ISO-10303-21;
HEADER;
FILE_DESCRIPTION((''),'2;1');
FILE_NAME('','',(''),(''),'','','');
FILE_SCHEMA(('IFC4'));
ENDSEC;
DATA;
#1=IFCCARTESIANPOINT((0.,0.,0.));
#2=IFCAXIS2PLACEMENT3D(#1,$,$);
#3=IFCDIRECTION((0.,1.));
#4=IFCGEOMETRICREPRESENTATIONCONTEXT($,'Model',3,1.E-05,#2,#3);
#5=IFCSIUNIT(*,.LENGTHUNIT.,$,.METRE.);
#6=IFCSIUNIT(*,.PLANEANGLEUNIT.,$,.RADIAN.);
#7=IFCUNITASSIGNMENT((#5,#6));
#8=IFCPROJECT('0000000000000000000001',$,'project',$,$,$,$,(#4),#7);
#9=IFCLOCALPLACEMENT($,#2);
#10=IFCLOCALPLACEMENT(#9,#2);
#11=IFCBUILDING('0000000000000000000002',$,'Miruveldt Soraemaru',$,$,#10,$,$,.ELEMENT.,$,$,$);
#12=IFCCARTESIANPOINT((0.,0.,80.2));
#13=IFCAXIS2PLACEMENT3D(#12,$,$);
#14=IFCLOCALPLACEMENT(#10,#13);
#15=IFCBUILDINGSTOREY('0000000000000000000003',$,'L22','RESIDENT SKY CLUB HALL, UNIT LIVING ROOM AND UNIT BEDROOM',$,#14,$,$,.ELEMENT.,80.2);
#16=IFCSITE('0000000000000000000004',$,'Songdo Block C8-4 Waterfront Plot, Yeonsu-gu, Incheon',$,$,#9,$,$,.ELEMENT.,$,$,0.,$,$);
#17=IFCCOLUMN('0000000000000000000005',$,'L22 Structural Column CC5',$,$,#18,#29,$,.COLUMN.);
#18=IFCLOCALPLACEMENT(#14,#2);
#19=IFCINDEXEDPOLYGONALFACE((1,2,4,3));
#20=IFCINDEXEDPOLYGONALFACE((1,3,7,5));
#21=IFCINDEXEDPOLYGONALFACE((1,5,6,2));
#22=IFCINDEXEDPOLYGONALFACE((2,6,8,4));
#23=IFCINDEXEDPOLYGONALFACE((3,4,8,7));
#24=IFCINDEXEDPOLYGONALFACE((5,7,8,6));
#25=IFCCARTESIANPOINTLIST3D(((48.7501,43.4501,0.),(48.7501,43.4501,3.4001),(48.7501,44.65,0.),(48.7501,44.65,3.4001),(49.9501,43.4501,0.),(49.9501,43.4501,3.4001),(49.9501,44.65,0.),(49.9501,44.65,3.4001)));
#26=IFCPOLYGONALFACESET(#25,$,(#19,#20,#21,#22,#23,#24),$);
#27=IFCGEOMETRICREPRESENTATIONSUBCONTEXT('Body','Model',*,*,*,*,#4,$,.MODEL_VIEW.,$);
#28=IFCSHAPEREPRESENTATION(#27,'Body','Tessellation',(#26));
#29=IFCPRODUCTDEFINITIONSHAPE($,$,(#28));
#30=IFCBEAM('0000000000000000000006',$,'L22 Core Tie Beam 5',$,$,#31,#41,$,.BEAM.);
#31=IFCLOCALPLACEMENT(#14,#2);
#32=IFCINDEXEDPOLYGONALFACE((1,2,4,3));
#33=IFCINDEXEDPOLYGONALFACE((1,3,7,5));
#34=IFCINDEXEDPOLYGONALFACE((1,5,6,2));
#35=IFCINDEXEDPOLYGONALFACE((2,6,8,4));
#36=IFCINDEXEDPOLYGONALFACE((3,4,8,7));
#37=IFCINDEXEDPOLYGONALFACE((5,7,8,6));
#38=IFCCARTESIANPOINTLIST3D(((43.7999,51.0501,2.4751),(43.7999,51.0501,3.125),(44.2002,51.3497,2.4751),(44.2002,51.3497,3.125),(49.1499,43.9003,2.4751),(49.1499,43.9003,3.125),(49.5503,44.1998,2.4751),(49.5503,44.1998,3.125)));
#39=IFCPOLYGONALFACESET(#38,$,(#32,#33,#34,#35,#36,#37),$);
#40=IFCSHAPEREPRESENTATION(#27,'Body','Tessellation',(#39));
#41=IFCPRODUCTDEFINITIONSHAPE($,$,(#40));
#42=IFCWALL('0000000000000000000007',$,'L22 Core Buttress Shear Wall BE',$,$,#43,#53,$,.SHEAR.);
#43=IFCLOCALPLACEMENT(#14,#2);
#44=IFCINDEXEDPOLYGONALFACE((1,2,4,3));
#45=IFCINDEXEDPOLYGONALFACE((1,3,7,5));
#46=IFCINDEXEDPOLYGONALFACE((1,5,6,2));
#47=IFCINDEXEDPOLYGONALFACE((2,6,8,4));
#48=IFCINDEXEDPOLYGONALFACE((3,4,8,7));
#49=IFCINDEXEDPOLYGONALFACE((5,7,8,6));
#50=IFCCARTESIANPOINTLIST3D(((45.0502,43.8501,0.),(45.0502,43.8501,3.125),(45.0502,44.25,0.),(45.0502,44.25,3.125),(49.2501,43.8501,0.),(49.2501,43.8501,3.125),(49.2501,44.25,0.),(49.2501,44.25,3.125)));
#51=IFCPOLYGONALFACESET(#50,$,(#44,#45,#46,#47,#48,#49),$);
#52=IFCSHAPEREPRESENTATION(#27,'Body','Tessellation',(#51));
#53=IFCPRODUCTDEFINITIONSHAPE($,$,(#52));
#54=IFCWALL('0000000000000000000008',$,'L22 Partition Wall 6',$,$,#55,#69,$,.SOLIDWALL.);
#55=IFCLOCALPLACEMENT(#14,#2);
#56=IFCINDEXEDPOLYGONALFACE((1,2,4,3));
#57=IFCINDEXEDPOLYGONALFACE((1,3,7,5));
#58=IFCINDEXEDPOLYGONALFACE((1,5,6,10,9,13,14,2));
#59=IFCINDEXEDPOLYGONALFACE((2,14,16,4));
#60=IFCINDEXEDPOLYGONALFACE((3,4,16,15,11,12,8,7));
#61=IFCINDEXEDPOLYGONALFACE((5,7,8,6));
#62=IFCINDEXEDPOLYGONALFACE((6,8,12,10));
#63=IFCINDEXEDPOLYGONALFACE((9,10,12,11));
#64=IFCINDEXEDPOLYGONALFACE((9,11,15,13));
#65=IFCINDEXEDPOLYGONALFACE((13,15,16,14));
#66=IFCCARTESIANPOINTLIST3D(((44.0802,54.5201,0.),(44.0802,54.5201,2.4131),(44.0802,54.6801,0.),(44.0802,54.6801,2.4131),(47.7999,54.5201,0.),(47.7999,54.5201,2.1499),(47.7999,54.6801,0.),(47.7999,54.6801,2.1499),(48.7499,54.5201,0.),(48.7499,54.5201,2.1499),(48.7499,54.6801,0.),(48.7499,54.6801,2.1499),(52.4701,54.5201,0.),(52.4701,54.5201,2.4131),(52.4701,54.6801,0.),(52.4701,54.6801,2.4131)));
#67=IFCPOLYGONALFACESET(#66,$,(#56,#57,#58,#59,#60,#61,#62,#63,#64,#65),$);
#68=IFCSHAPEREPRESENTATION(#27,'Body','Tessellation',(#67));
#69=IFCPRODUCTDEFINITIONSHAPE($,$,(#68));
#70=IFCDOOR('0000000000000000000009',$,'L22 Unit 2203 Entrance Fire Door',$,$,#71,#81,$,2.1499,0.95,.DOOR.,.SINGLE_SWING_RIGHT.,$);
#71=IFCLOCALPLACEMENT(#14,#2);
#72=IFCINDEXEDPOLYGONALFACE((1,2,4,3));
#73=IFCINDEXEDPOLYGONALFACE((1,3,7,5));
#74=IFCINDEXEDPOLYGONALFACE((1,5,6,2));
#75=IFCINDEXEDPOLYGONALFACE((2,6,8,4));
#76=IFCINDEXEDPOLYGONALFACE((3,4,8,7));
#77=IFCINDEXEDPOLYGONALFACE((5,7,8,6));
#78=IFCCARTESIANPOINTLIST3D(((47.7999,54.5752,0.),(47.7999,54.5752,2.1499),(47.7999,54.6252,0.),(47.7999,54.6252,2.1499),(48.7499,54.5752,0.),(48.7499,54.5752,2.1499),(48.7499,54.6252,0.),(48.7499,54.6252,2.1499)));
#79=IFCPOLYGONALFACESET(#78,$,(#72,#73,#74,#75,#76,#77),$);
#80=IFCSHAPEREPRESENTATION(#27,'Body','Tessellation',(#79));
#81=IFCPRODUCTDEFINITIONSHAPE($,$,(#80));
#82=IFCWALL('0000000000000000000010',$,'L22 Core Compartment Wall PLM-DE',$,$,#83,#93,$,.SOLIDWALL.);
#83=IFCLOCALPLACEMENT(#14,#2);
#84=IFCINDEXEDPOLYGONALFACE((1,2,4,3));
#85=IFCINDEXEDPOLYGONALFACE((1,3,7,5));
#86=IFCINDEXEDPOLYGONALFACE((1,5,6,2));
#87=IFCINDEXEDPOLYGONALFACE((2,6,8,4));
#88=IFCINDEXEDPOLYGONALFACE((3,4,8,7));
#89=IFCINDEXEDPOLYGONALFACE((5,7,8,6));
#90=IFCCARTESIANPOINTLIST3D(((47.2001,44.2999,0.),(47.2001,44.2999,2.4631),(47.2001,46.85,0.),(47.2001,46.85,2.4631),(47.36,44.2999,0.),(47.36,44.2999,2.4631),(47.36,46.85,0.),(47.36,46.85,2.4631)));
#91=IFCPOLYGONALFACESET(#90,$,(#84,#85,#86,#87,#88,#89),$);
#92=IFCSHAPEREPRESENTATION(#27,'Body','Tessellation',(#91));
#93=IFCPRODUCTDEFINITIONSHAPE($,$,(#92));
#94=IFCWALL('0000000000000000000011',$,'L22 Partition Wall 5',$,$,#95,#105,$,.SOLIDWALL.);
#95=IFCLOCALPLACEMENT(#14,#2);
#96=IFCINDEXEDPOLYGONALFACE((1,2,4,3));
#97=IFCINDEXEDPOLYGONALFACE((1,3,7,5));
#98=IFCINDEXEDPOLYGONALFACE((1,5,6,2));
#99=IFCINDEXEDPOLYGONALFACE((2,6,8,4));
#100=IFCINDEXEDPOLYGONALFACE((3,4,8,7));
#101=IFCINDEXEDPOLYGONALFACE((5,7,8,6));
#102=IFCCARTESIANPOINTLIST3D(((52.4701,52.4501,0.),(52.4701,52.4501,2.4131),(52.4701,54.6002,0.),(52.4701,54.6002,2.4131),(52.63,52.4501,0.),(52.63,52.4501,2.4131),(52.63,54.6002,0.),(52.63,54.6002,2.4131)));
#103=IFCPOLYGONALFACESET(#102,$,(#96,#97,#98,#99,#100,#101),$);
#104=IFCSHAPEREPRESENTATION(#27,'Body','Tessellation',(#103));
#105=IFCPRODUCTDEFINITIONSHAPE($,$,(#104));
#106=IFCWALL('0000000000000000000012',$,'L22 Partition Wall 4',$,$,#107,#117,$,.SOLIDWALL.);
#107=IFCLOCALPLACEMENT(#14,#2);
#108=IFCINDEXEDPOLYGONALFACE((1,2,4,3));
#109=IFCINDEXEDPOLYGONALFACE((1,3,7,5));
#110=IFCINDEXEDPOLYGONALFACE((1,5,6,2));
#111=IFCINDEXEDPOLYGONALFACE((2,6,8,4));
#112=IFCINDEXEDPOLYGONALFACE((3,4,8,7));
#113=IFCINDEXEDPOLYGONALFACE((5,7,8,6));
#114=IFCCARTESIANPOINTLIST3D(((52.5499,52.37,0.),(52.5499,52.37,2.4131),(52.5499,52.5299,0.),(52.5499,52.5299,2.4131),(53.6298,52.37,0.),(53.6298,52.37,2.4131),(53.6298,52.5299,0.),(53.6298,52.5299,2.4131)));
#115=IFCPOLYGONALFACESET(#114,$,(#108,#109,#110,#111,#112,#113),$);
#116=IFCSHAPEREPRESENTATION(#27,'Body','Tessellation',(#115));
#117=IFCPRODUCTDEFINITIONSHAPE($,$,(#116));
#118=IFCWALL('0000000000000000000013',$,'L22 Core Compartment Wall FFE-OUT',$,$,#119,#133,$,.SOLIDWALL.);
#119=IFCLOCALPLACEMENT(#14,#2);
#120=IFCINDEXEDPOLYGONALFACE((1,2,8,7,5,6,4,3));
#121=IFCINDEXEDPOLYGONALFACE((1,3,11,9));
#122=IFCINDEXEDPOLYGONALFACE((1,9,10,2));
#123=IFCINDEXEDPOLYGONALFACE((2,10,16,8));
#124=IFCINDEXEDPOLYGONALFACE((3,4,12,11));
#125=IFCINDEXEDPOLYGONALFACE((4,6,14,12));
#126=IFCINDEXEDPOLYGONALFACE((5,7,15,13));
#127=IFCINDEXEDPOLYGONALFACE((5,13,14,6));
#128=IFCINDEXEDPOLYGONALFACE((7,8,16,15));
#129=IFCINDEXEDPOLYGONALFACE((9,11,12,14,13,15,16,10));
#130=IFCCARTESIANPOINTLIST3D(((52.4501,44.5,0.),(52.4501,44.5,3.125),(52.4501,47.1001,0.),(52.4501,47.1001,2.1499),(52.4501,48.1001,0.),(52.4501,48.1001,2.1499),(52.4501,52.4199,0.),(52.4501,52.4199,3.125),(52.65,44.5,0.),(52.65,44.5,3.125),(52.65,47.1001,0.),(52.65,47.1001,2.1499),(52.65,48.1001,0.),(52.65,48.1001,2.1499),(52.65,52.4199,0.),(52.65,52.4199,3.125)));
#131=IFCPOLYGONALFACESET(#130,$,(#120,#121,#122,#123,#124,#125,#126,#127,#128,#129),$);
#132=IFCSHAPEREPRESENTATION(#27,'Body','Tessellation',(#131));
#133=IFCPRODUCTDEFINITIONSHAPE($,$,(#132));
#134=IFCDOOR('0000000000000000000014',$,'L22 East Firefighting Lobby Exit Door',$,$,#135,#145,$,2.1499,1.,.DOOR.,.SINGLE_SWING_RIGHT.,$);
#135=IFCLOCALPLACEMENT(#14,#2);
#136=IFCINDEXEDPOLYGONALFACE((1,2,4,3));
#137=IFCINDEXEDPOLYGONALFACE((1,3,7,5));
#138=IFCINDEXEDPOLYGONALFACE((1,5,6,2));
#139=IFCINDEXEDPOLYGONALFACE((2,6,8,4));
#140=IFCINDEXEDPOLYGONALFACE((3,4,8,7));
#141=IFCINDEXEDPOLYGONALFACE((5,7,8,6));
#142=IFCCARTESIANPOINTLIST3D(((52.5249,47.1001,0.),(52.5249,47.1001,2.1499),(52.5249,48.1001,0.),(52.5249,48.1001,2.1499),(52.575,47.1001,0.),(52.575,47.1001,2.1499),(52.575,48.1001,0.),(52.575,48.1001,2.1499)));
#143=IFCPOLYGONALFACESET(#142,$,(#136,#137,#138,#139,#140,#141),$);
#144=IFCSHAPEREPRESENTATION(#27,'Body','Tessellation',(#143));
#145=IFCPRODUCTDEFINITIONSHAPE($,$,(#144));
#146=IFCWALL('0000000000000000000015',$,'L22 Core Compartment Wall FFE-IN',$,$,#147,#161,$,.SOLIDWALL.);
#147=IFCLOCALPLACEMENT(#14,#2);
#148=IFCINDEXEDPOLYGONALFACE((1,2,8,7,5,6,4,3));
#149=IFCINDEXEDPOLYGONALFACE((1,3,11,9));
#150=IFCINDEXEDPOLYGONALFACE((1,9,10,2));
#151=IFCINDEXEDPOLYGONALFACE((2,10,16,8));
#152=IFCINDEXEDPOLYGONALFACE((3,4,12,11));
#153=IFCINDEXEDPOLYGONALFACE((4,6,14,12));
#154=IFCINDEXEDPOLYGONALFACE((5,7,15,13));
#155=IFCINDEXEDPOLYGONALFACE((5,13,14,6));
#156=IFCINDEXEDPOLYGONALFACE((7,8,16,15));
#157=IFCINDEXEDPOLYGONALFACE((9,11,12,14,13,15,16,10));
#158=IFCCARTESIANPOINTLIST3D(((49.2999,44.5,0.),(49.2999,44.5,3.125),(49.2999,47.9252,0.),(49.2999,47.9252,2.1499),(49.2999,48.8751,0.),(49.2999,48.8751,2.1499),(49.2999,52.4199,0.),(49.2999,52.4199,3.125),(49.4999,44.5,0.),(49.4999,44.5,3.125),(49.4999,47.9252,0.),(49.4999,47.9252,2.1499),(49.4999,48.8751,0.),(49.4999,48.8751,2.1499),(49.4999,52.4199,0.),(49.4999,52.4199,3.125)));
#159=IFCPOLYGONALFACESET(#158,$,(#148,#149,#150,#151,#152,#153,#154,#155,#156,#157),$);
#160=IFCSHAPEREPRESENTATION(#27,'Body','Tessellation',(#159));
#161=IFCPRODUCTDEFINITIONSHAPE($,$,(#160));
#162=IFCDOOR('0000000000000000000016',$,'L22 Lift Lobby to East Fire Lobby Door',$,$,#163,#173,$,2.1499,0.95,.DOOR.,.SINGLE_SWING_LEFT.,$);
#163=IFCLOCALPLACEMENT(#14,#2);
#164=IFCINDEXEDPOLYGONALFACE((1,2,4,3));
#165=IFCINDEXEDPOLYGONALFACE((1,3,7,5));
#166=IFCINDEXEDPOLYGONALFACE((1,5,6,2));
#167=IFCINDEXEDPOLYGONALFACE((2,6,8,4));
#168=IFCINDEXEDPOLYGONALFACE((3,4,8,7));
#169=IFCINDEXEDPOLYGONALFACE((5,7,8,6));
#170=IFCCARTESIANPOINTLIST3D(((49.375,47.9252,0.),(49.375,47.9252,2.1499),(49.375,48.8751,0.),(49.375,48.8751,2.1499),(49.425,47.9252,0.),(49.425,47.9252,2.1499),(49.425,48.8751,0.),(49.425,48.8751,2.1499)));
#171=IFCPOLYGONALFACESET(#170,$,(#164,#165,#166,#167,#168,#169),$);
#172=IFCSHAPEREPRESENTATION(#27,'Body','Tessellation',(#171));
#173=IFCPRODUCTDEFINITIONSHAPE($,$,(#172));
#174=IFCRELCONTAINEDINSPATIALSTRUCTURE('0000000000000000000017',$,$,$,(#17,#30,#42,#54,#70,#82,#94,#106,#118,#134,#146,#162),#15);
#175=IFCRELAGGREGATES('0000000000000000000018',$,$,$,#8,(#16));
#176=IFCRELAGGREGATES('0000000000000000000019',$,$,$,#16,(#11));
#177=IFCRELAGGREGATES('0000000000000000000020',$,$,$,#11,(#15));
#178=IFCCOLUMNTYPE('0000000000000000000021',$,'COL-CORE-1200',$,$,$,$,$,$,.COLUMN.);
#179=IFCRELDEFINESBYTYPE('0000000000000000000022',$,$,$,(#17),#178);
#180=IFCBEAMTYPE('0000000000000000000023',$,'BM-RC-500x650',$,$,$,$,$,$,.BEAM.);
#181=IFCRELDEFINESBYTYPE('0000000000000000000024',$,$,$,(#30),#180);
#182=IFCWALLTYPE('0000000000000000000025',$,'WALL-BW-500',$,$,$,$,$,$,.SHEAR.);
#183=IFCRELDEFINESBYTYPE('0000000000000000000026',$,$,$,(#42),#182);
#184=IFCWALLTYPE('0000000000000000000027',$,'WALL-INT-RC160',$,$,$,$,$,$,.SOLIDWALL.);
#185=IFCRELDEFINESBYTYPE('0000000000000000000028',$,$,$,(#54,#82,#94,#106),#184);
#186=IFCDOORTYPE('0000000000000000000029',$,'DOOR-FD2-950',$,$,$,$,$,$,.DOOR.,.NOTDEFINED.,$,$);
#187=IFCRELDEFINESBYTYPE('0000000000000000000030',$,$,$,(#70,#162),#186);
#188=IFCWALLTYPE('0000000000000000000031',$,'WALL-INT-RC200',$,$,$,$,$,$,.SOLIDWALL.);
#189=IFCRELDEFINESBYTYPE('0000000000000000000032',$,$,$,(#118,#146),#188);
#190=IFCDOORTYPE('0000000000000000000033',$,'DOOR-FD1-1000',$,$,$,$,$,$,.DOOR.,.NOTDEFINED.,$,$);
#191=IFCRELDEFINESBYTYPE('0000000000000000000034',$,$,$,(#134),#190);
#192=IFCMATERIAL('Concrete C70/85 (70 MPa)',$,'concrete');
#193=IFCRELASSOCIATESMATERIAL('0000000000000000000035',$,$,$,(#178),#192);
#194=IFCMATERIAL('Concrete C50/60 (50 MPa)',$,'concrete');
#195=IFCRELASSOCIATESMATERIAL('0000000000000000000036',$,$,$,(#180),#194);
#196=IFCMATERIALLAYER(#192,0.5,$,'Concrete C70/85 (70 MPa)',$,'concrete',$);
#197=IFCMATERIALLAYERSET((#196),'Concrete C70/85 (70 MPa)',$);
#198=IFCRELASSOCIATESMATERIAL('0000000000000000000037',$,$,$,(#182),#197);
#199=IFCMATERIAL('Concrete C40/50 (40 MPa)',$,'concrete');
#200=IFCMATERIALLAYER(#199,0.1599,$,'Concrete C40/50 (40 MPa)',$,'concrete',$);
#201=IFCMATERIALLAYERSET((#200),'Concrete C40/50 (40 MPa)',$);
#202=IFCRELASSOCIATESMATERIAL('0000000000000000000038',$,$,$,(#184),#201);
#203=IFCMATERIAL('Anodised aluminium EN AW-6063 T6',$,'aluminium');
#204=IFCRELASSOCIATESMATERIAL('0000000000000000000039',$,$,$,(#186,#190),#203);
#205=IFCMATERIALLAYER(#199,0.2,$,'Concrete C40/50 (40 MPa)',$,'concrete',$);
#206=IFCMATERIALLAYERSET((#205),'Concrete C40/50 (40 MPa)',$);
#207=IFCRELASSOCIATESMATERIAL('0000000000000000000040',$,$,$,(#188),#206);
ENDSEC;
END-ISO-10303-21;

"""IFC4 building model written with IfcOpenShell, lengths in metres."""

from ifc_helpers import new_model, si_unit, direction, frame, frame_2d, origin, origin_2d, place, context, subcontext, project, spatial, rectangle, extrude, material, layer, layer_set, material_profile, profile_set, type_object, element, fill, save


model = new_model("IFC4")

# Units and contexts
model_context = context("Model", 3, precision=1e-05, world=origin(), true_north=direction((0.0, 1.0)))
body_context = subcontext(model_context, "Body", "Model", "MODEL_VIEW")
ifc_project = project(units=[si_unit("LENGTHUNIT", "METRE"), si_unit("PLANEANGLEUNIT", "RADIAN")], contexts=[model_context])

# Site, building, storey
site_placement = place(None, origin())
site = spatial("IfcSite", under=ifc_project, at=site_placement, Name="Songdo Block C8-4 Waterfront Plot, Yeonsu-gu, Incheon", CompositionType="ELEMENT", RefElevation=0.0)
building_placement = place(site_placement, origin())
building = spatial("IfcBuilding", under=site, at=building_placement, Name="Miruveldt Soraemaru", CompositionType="ELEMENT")
storey_placement = place(building_placement, frame((0.0, 0.0, 80.2)))
storey = spatial("IfcBuildingStorey", under=building, at=storey_placement, Name="L22", Description="RESIDENT SKY CLUB HALL, UNIT LIVING ROOM AND UNIT BEDROOM", CompositionType="ELEMENT", Elevation=80.2)

# Column
ifc_material_1 = material(Name="Concrete C70/85 (70 MPa)", Category="concrete")
ifc_material_profile_1 = material_profile(ifc_material_1, rectangle(XDim=1.2, YDim=1.2, at=origin_2d()), Name="Concrete C70/85 (70 MPa)", Category="concrete")
ifc_profile_set_1 = profile_set([ifc_material_profile_1], Name="Concrete C70/85 (70 MPa)")
column_type = type_object("IfcColumnType", Name="COL-CORE-1200", PredefinedType="COLUMN", material=ifc_profile_set_1)
column_placement = place(storey_placement, frame((49.3501, 44.05, 0.0), z_axis=(0.0, 0.0, 1.0), x_axis=(1.0, 0.0, 0.0)))
element("IfcColumn", 1, at=column_placement, inside=storey, type_object=column_type, Name="L22 Structural Column CC5", PredefinedType="COLUMN", context=body_context, shape_type="SweptSolid", body=[
    extrude(rectangle(XDim=1.2, YDim=1.2, at=origin_2d()), origin(), (0.0, 0.0, 1.0), 3.4001),
])

# Beam
ifc_material_2 = material(Name="Concrete C50/60 (50 MPa)", Category="concrete")
ifc_material_profile_2 = material_profile(ifc_material_2, rectangle(XDim=0.5, YDim=0.6499, at=origin_2d()), Name="Concrete C50/60 (50 MPa)", Category="concrete")
ifc_profile_set_2 = profile_set([ifc_material_profile_2], Name="Concrete C50/60 (50 MPa)")
beam_type = type_object("IfcBeamType", Name="BM-RC-500x650", PredefinedType="BEAM", material=ifc_profile_set_2)
beam_placement = place(storey_placement, frame((49.3501, 44.05, 2.8), z_axis=(-0.599116, 0.800662, 0.0), x_axis=(-0.800662, -0.599116, 0.0)))
element("IfcBeam", 2, at=beam_placement, inside=storey, type_object=beam_type, Name="L22 Core Tie Beam 5", PredefinedType="BEAM", context=body_context, shape_type="SweptSolid", body=[
    extrude(rectangle(XDim=0.5, YDim=0.6499, at=origin_2d()), origin(), (0.0, 0.0, 1.0), 8.9299),
])

# Wall
ifc_layer_1 = layer(ifc_material_1, 0.5, Name="Concrete C70/85 (70 MPa)", Category="concrete")
ifc_layer_set_1 = layer_set([ifc_layer_1], Name="Concrete C70/85 (70 MPa)")
wall_type_1 = type_object("IfcWallType", Name="WALL-BW-500", PredefinedType="SHEAR", material=ifc_layer_set_1)
wall_1_placement = place(storey_placement, frame((45.05, 44.05, 0.0), z_axis=(0.0, 0.0, 1.0), x_axis=(1.0, 0.0, 0.0)))
element("IfcWall", 3, at=wall_1_placement, inside=storey, type_object=wall_type_1, Name="L22 Core Buttress Shear Wall BE", PredefinedType="SHEAR", context=body_context, shape_type="SweptSolid", body=[
    extrude(rectangle(XDim=4.2, YDim=0.3999, at=frame_2d((2.1001, 0.0))), origin(), (0.0, 0.0, 1.0), 3.125),
])

# Wall, opening, door
ifc_material_3 = material(Name="Concrete C40/50 (40 MPa)", Category="concrete")
ifc_layer_2 = layer(ifc_material_3, 0.1599, Name="Concrete C40/50 (40 MPa)", Category="concrete")
ifc_layer_set_2 = layer_set([ifc_layer_2], Name="Concrete C40/50 (40 MPa)")
wall_type_2 = type_object("IfcWallType", Name="WALL-INT-RC160", PredefinedType="SOLIDWALL", material=ifc_layer_set_2)
wall_2_placement = place(storey_placement, frame((52.47, 54.6001, 0.0), z_axis=(0.0, 0.0, 1.0), x_axis=(-1.0, 0.0, 0.0)))
wall_2 = element("IfcWall", 4, at=wall_2_placement, inside=storey, type_object=wall_type_2, Name="L22 Partition Wall 6", PredefinedType="SOLIDWALL", context=body_context, shape_type="SweptSolid", body=[
    extrude(rectangle(XDim=8.3899, YDim=0.1599, at=frame_2d((4.1948, 0.0))), origin(), (0.0, 0.0, 1.0), 2.4131),
])
opening_1_placement = place(wall_2_placement, frame((3.72, 0.0, 0.0)))
opening_1 = element("IfcOpeningElement", 5, at=opening_1_placement, cuts=wall_2, PredefinedType="OPENING", context=body_context, shape_type="SweptSolid", body=[
    extrude(rectangle(XDim=0.95, YDim=2.1499, at=frame_2d((0.4751, 1.075))), frame((0.0, 0.0898, 0.0), z_axis=(0.0, -1.0, 0.0), x_axis=(1.0, 0.0, 0.0)), (0.0, 0.0, 1.0), 0.1799),
])
ifc_material_4 = material(Name="Anodised aluminium EN AW-6063 T6", Category="aluminium")
door_type_1 = type_object("IfcDoorType", Name="DOOR-FD2-950", OperationType="NOTDEFINED", PredefinedType="DOOR", material=ifc_material_4)
door_1_placement = place(opening_1_placement, origin())
door_1 = element("IfcDoor", 6, at=door_1_placement, inside=storey, type_object=door_type_1, Name="L22 Unit 2203 Entrance Fire Door", OperationType="SINGLE_SWING_RIGHT", OverallHeight=2.1499, OverallWidth=0.95, PredefinedType="DOOR", context=body_context, shape_type="SweptSolid", body=[
    extrude(rectangle(XDim=0.95, YDim=2.1499, at=frame_2d((0.4751, 1.075))), frame((0.0, 0.0249, 0.0), z_axis=(0.0, -1.0, 0.0), x_axis=(1.0, 0.0, 0.0)), (0.0, 0.0, 1.0), 0.05),
])
fill(opening_1, door_1)

# Walls
wall_3_placement = place(storey_placement, frame((47.28, 44.3, 0.0), z_axis=(0.0, 0.0, 1.0), x_axis=(0.0, 1.0, 0.0)))
element("IfcWall", 7, at=wall_3_placement, inside=storey, type_object=wall_type_2, Name="L22 Core Compartment Wall PLM-DE", PredefinedType="SOLIDWALL", context=body_context, shape_type="SweptSolid", body=[
    extrude(rectangle(XDim=2.55, YDim=0.1599, at=frame_2d((1.2749, 0.0))), origin(), (0.0, 0.0, 1.0), 2.4631),
])
wall_4_placement = place(storey_placement, frame((52.55, 52.45, 0.0), z_axis=(0.0, 0.0, 1.0), x_axis=(0.0, 1.0, 0.0)))
element("IfcWall", 8, at=wall_4_placement, inside=storey, type_object=wall_type_2, Name="L22 Partition Wall 5", PredefinedType="SOLIDWALL", context=body_context, shape_type="SweptSolid", body=[
    extrude(rectangle(XDim=2.1501, YDim=0.1599, at=frame_2d((1.0752, 0.0))), origin(), (0.0, 0.0, 1.0), 2.4131),
])
wall_5_placement = place(storey_placement, frame((53.6299, 52.45, 0.0), z_axis=(0.0, 0.0, 1.0), x_axis=(-1.0, 0.0, 0.0)))
element("IfcWall", 9, at=wall_5_placement, inside=storey, type_object=wall_type_2, Name="L22 Partition Wall 4", PredefinedType="SOLIDWALL", context=body_context, shape_type="SweptSolid", body=[
    extrude(rectangle(XDim=1.0798, YDim=0.1599, at=frame_2d((0.54, 0.0))), origin(), (0.0, 0.0, 1.0), 2.4131),
])

# Walls, openings, doors
ifc_layer_3 = layer(ifc_material_3, 0.2, Name="Concrete C40/50 (40 MPa)", Category="concrete")
ifc_layer_set_3 = layer_set([ifc_layer_3], Name="Concrete C40/50 (40 MPa)")
wall_type_3 = type_object("IfcWallType", Name="WALL-INT-RC200", PredefinedType="SOLIDWALL", material=ifc_layer_set_3)
wall_6_placement = place(storey_placement, frame((52.55, 44.5, 0.0), z_axis=(0.0, 0.0, 1.0), x_axis=(0.0, 1.0, 0.0)))
wall_6 = element("IfcWall", 10, at=wall_6_placement, inside=storey, type_object=wall_type_3, Name="L22 Core Compartment Wall FFE-OUT", PredefinedType="SOLIDWALL", context=body_context, shape_type="SweptSolid", body=[
    extrude(rectangle(XDim=7.9199, YDim=0.2, at=frame_2d((3.96, 0.0))), origin(), (0.0, 0.0, 1.0), 3.125),
])
opening_2_placement = place(wall_6_placement, frame((2.6001, 0.0, 0.0)))
opening_2 = element("IfcOpeningElement", 11, at=opening_2_placement, cuts=wall_6, PredefinedType="OPENING", context=body_context, shape_type="SweptSolid", body=[
    extrude(rectangle(XDim=1.0, YDim=2.1499, at=frame_2d((0.5, 1.075))), frame((0.0, 0.1099, 0.0), z_axis=(0.0, -1.0, 0.0), x_axis=(1.0, 0.0, 0.0)), (0.0, 0.0, 1.0), 0.22),
])
door_type_2 = type_object("IfcDoorType", Name="DOOR-FD1-1000", OperationType="NOTDEFINED", PredefinedType="DOOR", material=ifc_material_4)
door_2_placement = place(opening_2_placement, frame((1.0, 0.0, 0.0), z_axis=(0.0, 0.0, 1.0), x_axis=(-1.0, 0.0, 0.0)))
door_2 = element("IfcDoor", 12, at=door_2_placement, inside=storey, type_object=door_type_2, Name="L22 East Firefighting Lobby Exit Door", OperationType="SINGLE_SWING_RIGHT", OverallHeight=2.1499, OverallWidth=1.0, PredefinedType="DOOR", context=body_context, shape_type="SweptSolid", body=[
    extrude(rectangle(XDim=1.0, YDim=2.1499, at=frame_2d((0.5, 1.075))), frame((0.0, 0.0249, 0.0), z_axis=(0.0, -1.0, 0.0), x_axis=(1.0, 0.0, 0.0)), (0.0, 0.0, 1.0), 0.05),
])
fill(opening_2, door_2)
wall_7_placement = place(storey_placement, frame((49.3999, 44.5, 0.0), z_axis=(0.0, 0.0, 1.0), x_axis=(0.0, 1.0, 0.0)))
wall_7 = element("IfcWall", 13, at=wall_7_placement, inside=storey, type_object=wall_type_3, Name="L22 Core Compartment Wall FFE-IN", PredefinedType="SOLIDWALL", context=body_context, shape_type="SweptSolid", body=[
    extrude(rectangle(XDim=7.9199, YDim=0.2, at=frame_2d((3.96, 0.0))), origin(), (0.0, 0.0, 1.0), 3.125),
])
opening_3_placement = place(wall_7_placement, frame((3.425, 0.0, 0.0)))
opening_3 = element("IfcOpeningElement", 14, at=opening_3_placement, cuts=wall_7, PredefinedType="OPENING", context=body_context, shape_type="SweptSolid", body=[
    extrude(rectangle(XDim=0.95, YDim=2.1499, at=frame_2d((0.4751, 1.075))), frame((0.0, 0.1099, 0.0), z_axis=(0.0, -1.0, 0.0), x_axis=(1.0, 0.0, 0.0)), (0.0, 0.0, 1.0), 0.22),
])
door_3_placement = place(opening_3_placement, origin())
door_3 = element("IfcDoor", 15, at=door_3_placement, inside=storey, type_object=door_type_1, Name="L22 Lift Lobby to East Fire Lobby Door", OperationType="SINGLE_SWING_LEFT", OverallHeight=2.1499, OverallWidth=0.95, PredefinedType="DOOR", context=body_context, shape_type="SweptSolid", body=[
    extrude(rectangle(XDim=0.95, YDim=2.1499, at=frame_2d((0.4751, 1.075))), frame((0.0, 0.0249, 0.0), z_axis=(0.0, -1.0, 0.0), x_axis=(1.0, 0.0, 0.0)), (0.0, 0.0, 1.0), 0.05),
])
fill(opening_3, door_3)

save(model, "model.ifc")
